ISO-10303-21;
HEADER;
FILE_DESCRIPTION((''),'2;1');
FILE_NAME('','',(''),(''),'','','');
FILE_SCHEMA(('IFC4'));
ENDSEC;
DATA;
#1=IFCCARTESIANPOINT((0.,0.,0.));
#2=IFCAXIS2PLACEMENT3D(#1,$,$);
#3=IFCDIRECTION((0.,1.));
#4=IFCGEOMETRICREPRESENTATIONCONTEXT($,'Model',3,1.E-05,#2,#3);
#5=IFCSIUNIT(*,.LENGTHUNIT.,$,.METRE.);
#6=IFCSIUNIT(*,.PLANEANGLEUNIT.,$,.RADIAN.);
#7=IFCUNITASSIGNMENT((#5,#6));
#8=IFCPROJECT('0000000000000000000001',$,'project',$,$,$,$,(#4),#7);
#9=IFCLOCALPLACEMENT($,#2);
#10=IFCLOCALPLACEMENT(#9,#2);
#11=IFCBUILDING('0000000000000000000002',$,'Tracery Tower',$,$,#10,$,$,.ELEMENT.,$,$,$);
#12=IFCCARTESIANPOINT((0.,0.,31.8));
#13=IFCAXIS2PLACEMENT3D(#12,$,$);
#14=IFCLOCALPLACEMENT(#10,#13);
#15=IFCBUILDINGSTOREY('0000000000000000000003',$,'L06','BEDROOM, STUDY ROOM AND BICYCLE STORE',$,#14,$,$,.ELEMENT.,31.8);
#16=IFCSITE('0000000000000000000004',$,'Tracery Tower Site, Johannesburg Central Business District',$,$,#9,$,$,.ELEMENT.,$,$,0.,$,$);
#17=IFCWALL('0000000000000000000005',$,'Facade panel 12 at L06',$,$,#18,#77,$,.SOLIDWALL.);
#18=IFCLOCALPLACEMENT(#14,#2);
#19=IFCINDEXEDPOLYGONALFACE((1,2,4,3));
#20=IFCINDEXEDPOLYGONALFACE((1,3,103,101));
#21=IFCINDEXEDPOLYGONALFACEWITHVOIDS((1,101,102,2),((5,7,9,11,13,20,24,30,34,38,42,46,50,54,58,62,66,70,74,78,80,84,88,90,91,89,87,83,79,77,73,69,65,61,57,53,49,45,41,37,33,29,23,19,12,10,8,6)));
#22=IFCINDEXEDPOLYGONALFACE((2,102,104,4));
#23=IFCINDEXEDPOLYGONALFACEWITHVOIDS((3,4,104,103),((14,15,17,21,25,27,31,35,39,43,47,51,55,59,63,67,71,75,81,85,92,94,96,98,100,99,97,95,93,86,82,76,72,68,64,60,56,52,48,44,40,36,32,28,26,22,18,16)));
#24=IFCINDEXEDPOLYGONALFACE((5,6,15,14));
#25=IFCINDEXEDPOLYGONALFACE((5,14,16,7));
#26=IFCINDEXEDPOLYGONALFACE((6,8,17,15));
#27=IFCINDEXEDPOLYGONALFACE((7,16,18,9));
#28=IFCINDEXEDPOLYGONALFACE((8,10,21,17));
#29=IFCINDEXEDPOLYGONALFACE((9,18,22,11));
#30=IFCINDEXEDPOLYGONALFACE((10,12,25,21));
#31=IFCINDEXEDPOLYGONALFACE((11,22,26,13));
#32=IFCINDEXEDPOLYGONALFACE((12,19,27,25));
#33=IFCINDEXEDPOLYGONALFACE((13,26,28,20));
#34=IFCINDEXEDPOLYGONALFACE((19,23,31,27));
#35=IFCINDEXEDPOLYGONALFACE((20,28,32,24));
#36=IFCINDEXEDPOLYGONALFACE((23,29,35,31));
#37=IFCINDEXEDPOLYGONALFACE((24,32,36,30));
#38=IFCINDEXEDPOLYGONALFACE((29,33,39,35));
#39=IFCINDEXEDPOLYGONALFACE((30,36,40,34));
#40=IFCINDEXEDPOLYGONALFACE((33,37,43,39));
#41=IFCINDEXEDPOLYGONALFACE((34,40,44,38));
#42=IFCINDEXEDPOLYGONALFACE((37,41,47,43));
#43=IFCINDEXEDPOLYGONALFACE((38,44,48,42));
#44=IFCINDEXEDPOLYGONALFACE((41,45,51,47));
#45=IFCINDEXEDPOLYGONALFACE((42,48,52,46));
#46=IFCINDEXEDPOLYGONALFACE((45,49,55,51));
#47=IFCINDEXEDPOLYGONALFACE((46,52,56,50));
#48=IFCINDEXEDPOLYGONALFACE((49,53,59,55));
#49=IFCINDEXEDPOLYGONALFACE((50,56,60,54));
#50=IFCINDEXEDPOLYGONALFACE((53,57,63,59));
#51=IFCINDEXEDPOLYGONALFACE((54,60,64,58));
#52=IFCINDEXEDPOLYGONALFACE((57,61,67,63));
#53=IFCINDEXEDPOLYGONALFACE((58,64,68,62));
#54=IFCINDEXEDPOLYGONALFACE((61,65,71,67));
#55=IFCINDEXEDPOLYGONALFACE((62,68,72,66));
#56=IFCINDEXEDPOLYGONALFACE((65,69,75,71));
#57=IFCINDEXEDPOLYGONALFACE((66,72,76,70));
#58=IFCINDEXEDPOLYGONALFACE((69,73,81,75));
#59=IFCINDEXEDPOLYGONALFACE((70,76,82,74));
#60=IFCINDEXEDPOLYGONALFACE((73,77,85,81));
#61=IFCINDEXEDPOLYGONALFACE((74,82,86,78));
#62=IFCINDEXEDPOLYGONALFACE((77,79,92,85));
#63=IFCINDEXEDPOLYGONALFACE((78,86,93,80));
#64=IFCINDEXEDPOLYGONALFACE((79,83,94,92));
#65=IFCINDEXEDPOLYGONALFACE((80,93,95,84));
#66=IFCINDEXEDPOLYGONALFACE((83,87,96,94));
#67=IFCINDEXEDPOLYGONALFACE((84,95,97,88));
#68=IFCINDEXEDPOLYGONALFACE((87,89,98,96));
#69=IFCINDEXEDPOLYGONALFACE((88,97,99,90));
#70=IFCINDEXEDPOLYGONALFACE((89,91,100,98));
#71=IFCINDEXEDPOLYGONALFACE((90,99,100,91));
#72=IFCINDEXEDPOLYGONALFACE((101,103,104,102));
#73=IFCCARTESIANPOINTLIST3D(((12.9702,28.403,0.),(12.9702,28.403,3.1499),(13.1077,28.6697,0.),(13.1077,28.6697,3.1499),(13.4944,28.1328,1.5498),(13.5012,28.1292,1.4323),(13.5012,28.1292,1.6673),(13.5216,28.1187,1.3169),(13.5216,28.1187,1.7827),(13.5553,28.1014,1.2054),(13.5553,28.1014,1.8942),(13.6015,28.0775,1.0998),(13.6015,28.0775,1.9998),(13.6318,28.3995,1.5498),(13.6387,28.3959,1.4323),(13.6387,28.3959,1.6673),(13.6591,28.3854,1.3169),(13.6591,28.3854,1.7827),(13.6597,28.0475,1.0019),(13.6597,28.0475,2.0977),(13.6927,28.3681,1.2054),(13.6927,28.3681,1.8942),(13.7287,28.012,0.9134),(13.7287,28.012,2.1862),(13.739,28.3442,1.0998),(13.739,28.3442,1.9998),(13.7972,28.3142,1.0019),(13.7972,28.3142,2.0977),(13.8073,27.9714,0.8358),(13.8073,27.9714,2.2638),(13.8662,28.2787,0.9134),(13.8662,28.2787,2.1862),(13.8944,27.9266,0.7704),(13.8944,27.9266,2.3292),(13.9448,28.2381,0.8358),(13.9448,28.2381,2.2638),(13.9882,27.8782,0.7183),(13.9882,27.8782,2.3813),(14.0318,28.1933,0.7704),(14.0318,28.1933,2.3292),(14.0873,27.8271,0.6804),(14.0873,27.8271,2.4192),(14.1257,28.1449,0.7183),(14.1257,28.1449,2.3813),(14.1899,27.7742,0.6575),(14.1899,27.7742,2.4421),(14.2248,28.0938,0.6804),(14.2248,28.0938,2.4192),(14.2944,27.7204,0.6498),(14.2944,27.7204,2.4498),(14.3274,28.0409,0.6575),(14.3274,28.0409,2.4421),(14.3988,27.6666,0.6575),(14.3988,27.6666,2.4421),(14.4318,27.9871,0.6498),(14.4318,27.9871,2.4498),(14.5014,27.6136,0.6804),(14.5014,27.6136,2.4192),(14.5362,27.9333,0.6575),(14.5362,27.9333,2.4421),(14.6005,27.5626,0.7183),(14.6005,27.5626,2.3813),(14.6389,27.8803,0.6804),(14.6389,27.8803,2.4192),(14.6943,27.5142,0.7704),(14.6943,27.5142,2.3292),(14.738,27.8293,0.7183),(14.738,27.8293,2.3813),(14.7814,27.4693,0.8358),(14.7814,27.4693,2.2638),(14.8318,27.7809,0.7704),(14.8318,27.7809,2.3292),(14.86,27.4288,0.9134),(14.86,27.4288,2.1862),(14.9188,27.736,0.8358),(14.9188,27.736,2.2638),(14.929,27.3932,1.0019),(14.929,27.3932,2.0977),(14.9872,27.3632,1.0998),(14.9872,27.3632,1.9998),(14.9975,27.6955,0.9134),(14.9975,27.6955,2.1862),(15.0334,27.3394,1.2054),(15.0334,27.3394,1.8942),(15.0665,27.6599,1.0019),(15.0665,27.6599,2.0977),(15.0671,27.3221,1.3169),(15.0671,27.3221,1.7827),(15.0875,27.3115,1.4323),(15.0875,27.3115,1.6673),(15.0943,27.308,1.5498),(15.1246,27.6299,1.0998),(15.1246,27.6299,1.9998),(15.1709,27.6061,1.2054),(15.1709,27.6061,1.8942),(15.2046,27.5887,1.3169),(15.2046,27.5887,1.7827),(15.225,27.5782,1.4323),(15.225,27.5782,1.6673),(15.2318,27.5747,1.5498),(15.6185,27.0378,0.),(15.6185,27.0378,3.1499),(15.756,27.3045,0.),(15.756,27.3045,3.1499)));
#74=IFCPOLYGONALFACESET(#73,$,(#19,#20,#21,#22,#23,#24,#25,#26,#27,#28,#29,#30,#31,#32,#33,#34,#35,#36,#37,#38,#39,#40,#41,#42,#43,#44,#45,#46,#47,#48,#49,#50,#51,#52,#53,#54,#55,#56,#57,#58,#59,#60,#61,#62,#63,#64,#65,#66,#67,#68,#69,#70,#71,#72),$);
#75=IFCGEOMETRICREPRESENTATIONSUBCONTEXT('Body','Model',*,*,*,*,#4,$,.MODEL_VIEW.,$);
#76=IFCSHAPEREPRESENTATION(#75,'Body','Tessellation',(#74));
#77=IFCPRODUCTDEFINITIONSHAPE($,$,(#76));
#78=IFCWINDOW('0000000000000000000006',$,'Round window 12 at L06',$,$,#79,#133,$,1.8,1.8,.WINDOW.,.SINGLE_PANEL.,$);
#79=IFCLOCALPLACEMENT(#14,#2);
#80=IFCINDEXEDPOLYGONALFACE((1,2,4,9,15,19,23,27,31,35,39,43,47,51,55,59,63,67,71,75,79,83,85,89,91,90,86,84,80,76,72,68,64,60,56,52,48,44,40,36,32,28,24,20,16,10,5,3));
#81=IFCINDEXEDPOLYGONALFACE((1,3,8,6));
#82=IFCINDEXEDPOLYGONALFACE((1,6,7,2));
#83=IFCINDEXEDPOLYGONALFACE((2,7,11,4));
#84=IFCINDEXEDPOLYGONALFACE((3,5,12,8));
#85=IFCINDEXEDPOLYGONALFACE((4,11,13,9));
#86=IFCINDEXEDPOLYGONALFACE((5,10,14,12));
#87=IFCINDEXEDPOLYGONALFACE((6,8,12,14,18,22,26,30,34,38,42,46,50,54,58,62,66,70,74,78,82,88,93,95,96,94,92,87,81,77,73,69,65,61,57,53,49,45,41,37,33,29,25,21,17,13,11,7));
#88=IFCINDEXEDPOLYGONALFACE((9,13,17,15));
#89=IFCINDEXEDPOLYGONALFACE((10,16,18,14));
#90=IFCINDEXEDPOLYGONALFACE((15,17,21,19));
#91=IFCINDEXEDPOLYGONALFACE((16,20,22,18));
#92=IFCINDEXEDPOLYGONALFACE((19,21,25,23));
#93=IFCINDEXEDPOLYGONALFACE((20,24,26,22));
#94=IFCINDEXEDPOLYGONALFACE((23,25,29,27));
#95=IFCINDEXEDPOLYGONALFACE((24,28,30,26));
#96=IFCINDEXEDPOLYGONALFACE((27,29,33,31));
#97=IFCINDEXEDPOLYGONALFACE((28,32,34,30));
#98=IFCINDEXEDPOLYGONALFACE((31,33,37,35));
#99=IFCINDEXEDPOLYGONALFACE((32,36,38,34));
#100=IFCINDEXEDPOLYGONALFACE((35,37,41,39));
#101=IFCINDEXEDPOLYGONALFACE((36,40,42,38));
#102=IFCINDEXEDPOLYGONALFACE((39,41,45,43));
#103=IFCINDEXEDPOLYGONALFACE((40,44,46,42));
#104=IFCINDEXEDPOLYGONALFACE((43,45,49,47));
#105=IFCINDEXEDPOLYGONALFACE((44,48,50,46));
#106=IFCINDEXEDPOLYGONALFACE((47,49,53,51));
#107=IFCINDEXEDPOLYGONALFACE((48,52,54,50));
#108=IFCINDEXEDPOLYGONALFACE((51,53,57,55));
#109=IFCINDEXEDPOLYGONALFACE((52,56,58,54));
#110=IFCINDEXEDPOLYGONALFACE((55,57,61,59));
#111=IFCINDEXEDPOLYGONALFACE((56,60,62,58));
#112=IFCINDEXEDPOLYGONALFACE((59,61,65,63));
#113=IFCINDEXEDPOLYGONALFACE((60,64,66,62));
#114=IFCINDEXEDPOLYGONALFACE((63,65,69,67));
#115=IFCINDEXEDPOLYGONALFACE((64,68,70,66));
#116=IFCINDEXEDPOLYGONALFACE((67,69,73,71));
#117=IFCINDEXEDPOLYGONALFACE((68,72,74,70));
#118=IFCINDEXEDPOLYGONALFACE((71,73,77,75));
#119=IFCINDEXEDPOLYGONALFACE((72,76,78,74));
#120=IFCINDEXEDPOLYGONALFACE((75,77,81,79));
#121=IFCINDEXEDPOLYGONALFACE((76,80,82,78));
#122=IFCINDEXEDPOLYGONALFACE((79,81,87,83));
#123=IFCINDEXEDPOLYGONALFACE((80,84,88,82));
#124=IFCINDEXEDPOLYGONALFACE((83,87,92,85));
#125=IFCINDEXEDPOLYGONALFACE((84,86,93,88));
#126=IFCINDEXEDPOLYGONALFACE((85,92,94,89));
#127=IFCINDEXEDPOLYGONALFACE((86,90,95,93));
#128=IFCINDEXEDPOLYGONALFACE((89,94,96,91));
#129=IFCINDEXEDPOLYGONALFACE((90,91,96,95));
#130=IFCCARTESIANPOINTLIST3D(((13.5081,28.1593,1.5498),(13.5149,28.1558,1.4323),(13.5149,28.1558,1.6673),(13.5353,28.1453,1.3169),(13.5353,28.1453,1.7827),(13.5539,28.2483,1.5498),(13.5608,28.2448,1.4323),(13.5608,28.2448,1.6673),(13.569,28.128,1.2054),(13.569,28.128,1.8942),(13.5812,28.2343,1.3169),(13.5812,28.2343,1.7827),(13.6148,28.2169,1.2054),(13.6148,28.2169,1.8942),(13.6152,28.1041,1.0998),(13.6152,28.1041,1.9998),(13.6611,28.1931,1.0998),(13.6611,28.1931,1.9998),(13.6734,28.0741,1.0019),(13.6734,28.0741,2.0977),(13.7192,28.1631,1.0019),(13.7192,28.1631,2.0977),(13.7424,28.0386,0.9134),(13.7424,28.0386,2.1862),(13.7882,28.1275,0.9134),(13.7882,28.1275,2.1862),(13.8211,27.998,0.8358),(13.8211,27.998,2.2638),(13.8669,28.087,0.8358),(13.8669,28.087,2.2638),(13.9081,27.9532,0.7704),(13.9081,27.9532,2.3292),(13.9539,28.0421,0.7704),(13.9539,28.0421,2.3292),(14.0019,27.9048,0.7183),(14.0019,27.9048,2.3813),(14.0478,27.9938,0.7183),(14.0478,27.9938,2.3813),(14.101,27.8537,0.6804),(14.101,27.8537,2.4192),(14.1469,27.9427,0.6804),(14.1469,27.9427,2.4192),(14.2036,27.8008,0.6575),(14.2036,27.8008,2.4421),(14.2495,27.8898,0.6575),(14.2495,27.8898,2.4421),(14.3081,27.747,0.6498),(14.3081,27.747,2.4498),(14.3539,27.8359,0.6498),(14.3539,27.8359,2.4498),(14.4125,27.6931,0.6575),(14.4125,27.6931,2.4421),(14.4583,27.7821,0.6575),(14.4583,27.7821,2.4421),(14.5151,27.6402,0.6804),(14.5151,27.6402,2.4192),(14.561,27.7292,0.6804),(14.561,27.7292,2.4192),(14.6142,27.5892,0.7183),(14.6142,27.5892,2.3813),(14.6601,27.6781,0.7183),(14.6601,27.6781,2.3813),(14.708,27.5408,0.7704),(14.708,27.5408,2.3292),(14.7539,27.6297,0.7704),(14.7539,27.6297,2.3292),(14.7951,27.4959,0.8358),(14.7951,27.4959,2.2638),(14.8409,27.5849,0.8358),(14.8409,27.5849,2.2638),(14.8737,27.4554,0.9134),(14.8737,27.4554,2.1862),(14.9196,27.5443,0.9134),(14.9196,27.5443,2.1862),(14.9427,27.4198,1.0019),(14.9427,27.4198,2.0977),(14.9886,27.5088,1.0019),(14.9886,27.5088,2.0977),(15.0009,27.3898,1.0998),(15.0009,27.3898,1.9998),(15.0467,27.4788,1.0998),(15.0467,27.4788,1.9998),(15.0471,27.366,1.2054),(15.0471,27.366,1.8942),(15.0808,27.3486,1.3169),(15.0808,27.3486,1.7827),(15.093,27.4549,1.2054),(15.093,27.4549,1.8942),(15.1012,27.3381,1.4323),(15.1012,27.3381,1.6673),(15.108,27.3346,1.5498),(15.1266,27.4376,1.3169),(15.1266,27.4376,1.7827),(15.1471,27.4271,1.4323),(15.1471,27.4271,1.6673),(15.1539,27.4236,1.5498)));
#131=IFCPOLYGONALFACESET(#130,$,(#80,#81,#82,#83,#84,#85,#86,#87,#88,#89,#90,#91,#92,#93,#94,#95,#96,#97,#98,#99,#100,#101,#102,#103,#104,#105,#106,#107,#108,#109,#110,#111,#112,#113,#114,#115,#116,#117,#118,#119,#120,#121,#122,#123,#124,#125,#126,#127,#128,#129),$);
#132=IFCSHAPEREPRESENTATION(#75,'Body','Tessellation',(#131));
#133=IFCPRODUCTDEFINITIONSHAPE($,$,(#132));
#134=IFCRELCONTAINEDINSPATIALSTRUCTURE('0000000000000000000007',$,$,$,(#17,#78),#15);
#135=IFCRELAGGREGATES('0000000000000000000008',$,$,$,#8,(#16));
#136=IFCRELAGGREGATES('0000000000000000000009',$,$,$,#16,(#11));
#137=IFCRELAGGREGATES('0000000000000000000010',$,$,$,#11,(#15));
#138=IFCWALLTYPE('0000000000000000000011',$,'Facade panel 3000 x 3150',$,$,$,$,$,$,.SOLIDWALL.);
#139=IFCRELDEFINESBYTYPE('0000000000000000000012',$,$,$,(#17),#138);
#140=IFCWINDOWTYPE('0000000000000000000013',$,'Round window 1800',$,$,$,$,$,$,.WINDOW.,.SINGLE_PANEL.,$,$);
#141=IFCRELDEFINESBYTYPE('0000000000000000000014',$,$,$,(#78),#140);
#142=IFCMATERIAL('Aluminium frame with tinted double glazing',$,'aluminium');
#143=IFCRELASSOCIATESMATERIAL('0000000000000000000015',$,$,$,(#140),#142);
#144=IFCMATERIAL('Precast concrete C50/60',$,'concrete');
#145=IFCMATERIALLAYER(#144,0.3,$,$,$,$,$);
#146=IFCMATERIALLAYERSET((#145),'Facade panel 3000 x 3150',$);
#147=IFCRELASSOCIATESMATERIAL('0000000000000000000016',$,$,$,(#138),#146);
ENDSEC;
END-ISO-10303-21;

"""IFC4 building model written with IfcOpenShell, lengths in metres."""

from ifc_helpers import new_model, si_unit, direction, frame, frame_2d, origin, origin_2d, place, context, subcontext, project, spatial, rectangle, circle, extrude, material, layer, layer_set, type_object, element, fill, save


model = new_model("IFC4")

# Units and contexts
model_context = context("Model", 3, precision=1e-05, world=origin(), true_north=direction((0.0, 1.0)))
body_context = subcontext(model_context, "Body", "Model", "MODEL_VIEW")
ifc_project = project(units=[si_unit("LENGTHUNIT", "METRE"), si_unit("PLANEANGLEUNIT", "RADIAN")], contexts=[model_context])

# Site, building, storey
site_placement = place(None, origin())
site = spatial("IfcSite", under=ifc_project, at=site_placement, Name="Tracery Tower Site, Johannesburg Central Business District", CompositionType="ELEMENT", RefElevation=0.0)
building_placement = place(site_placement, origin())
building = spatial("IfcBuilding", under=site, at=building_placement, Name="Tracery Tower", CompositionType="ELEMENT")
storey_placement = place(building_placement, frame((0.0, 0.0, 31.8)))
storey = spatial("IfcBuildingStorey", under=building, at=storey_placement, Name="L06", Description="BEDROOM, STUDY ROOM AND BICYCLE STORE", CompositionType="ELEMENT", Elevation=31.8)

# Wall, opening, window
ifc_material_1 = material(Name="Aluminium frame with tinted double glazing", Category="aluminium")
window_type = type_object("IfcWindowType", Name="Round window 1800", PartitioningType="SINGLE_PANEL", PredefinedType="WINDOW", material=ifc_material_1)
ifc_material_2 = material(Name="Precast concrete C50/60", Category="concrete")
ifc_layer_1 = layer(ifc_material_2, 0.3)
ifc_layer_set_1 = layer_set([ifc_layer_1], Name="Facade panel 3000 x 3150")
wall_type_1 = type_object("IfcWallType", Name="Facade panel 3000 x 3150", PredefinedType="SOLIDWALL", material=ifc_layer_set_1)
wall_1_placement = place(storey_placement, frame((15.6873, 27.1711, 0.0), z_axis=(0.0, 0.0, 1.0), x_axis=(-0.888853, 0.458192, 0.0)))
wall_1 = element("IfcWall", 1, at=wall_1_placement, inside=storey, type_object=wall_type_1, Name="Facade panel 12 at L06", PredefinedType="SOLIDWALL", context=body_context, shape_type="SweptSolid", body=[
    extrude(rectangle(XDim=2.9795, YDim=0.3, at=frame_2d((1.4897, 0.0))), origin(), (0.0, 0.0, 1.0), 3.1499),
])
opening_1_placement = place(wall_1_placement, frame((1.4897, 0.0, 1.5498)))
opening_1 = element("IfcOpeningElement", 2, at=opening_1_placement, cuts=wall_1, PredefinedType="OPENING", context=body_context, shape_type="SweptSolid", body=[
    extrude(circle(Radius=0.9, at=origin_2d()), frame((0.0, 0.1599, 0.0), z_axis=(0.0, -1.0, 0.0), x_axis=(1.0, 0.0, 0.0)), (0.0, 0.0, 1.0), 0.3201),
])
window_1_placement = place(opening_1_placement, origin())
window_1 = element("IfcWindow", 3, at=window_1_placement, inside=storey, type_object=window_type, Name="Round window 12 at L06", OverallHeight=1.8, OverallWidth=1.8, PartitioningType="SINGLE_PANEL", PredefinedType="WINDOW", context=body_context, shape_type="SweptSolid", body=[
    extrude(circle(Radius=0.9, at=origin_2d()), frame((0.0, 0.1201, 0.0), z_axis=(0.0, -1.0, 0.0), x_axis=(1.0, 0.0, 0.0)), (0.0, 0.0, 1.0), 0.1001),
])
fill(opening_1, window_1)

save(model, "model.ifc")
